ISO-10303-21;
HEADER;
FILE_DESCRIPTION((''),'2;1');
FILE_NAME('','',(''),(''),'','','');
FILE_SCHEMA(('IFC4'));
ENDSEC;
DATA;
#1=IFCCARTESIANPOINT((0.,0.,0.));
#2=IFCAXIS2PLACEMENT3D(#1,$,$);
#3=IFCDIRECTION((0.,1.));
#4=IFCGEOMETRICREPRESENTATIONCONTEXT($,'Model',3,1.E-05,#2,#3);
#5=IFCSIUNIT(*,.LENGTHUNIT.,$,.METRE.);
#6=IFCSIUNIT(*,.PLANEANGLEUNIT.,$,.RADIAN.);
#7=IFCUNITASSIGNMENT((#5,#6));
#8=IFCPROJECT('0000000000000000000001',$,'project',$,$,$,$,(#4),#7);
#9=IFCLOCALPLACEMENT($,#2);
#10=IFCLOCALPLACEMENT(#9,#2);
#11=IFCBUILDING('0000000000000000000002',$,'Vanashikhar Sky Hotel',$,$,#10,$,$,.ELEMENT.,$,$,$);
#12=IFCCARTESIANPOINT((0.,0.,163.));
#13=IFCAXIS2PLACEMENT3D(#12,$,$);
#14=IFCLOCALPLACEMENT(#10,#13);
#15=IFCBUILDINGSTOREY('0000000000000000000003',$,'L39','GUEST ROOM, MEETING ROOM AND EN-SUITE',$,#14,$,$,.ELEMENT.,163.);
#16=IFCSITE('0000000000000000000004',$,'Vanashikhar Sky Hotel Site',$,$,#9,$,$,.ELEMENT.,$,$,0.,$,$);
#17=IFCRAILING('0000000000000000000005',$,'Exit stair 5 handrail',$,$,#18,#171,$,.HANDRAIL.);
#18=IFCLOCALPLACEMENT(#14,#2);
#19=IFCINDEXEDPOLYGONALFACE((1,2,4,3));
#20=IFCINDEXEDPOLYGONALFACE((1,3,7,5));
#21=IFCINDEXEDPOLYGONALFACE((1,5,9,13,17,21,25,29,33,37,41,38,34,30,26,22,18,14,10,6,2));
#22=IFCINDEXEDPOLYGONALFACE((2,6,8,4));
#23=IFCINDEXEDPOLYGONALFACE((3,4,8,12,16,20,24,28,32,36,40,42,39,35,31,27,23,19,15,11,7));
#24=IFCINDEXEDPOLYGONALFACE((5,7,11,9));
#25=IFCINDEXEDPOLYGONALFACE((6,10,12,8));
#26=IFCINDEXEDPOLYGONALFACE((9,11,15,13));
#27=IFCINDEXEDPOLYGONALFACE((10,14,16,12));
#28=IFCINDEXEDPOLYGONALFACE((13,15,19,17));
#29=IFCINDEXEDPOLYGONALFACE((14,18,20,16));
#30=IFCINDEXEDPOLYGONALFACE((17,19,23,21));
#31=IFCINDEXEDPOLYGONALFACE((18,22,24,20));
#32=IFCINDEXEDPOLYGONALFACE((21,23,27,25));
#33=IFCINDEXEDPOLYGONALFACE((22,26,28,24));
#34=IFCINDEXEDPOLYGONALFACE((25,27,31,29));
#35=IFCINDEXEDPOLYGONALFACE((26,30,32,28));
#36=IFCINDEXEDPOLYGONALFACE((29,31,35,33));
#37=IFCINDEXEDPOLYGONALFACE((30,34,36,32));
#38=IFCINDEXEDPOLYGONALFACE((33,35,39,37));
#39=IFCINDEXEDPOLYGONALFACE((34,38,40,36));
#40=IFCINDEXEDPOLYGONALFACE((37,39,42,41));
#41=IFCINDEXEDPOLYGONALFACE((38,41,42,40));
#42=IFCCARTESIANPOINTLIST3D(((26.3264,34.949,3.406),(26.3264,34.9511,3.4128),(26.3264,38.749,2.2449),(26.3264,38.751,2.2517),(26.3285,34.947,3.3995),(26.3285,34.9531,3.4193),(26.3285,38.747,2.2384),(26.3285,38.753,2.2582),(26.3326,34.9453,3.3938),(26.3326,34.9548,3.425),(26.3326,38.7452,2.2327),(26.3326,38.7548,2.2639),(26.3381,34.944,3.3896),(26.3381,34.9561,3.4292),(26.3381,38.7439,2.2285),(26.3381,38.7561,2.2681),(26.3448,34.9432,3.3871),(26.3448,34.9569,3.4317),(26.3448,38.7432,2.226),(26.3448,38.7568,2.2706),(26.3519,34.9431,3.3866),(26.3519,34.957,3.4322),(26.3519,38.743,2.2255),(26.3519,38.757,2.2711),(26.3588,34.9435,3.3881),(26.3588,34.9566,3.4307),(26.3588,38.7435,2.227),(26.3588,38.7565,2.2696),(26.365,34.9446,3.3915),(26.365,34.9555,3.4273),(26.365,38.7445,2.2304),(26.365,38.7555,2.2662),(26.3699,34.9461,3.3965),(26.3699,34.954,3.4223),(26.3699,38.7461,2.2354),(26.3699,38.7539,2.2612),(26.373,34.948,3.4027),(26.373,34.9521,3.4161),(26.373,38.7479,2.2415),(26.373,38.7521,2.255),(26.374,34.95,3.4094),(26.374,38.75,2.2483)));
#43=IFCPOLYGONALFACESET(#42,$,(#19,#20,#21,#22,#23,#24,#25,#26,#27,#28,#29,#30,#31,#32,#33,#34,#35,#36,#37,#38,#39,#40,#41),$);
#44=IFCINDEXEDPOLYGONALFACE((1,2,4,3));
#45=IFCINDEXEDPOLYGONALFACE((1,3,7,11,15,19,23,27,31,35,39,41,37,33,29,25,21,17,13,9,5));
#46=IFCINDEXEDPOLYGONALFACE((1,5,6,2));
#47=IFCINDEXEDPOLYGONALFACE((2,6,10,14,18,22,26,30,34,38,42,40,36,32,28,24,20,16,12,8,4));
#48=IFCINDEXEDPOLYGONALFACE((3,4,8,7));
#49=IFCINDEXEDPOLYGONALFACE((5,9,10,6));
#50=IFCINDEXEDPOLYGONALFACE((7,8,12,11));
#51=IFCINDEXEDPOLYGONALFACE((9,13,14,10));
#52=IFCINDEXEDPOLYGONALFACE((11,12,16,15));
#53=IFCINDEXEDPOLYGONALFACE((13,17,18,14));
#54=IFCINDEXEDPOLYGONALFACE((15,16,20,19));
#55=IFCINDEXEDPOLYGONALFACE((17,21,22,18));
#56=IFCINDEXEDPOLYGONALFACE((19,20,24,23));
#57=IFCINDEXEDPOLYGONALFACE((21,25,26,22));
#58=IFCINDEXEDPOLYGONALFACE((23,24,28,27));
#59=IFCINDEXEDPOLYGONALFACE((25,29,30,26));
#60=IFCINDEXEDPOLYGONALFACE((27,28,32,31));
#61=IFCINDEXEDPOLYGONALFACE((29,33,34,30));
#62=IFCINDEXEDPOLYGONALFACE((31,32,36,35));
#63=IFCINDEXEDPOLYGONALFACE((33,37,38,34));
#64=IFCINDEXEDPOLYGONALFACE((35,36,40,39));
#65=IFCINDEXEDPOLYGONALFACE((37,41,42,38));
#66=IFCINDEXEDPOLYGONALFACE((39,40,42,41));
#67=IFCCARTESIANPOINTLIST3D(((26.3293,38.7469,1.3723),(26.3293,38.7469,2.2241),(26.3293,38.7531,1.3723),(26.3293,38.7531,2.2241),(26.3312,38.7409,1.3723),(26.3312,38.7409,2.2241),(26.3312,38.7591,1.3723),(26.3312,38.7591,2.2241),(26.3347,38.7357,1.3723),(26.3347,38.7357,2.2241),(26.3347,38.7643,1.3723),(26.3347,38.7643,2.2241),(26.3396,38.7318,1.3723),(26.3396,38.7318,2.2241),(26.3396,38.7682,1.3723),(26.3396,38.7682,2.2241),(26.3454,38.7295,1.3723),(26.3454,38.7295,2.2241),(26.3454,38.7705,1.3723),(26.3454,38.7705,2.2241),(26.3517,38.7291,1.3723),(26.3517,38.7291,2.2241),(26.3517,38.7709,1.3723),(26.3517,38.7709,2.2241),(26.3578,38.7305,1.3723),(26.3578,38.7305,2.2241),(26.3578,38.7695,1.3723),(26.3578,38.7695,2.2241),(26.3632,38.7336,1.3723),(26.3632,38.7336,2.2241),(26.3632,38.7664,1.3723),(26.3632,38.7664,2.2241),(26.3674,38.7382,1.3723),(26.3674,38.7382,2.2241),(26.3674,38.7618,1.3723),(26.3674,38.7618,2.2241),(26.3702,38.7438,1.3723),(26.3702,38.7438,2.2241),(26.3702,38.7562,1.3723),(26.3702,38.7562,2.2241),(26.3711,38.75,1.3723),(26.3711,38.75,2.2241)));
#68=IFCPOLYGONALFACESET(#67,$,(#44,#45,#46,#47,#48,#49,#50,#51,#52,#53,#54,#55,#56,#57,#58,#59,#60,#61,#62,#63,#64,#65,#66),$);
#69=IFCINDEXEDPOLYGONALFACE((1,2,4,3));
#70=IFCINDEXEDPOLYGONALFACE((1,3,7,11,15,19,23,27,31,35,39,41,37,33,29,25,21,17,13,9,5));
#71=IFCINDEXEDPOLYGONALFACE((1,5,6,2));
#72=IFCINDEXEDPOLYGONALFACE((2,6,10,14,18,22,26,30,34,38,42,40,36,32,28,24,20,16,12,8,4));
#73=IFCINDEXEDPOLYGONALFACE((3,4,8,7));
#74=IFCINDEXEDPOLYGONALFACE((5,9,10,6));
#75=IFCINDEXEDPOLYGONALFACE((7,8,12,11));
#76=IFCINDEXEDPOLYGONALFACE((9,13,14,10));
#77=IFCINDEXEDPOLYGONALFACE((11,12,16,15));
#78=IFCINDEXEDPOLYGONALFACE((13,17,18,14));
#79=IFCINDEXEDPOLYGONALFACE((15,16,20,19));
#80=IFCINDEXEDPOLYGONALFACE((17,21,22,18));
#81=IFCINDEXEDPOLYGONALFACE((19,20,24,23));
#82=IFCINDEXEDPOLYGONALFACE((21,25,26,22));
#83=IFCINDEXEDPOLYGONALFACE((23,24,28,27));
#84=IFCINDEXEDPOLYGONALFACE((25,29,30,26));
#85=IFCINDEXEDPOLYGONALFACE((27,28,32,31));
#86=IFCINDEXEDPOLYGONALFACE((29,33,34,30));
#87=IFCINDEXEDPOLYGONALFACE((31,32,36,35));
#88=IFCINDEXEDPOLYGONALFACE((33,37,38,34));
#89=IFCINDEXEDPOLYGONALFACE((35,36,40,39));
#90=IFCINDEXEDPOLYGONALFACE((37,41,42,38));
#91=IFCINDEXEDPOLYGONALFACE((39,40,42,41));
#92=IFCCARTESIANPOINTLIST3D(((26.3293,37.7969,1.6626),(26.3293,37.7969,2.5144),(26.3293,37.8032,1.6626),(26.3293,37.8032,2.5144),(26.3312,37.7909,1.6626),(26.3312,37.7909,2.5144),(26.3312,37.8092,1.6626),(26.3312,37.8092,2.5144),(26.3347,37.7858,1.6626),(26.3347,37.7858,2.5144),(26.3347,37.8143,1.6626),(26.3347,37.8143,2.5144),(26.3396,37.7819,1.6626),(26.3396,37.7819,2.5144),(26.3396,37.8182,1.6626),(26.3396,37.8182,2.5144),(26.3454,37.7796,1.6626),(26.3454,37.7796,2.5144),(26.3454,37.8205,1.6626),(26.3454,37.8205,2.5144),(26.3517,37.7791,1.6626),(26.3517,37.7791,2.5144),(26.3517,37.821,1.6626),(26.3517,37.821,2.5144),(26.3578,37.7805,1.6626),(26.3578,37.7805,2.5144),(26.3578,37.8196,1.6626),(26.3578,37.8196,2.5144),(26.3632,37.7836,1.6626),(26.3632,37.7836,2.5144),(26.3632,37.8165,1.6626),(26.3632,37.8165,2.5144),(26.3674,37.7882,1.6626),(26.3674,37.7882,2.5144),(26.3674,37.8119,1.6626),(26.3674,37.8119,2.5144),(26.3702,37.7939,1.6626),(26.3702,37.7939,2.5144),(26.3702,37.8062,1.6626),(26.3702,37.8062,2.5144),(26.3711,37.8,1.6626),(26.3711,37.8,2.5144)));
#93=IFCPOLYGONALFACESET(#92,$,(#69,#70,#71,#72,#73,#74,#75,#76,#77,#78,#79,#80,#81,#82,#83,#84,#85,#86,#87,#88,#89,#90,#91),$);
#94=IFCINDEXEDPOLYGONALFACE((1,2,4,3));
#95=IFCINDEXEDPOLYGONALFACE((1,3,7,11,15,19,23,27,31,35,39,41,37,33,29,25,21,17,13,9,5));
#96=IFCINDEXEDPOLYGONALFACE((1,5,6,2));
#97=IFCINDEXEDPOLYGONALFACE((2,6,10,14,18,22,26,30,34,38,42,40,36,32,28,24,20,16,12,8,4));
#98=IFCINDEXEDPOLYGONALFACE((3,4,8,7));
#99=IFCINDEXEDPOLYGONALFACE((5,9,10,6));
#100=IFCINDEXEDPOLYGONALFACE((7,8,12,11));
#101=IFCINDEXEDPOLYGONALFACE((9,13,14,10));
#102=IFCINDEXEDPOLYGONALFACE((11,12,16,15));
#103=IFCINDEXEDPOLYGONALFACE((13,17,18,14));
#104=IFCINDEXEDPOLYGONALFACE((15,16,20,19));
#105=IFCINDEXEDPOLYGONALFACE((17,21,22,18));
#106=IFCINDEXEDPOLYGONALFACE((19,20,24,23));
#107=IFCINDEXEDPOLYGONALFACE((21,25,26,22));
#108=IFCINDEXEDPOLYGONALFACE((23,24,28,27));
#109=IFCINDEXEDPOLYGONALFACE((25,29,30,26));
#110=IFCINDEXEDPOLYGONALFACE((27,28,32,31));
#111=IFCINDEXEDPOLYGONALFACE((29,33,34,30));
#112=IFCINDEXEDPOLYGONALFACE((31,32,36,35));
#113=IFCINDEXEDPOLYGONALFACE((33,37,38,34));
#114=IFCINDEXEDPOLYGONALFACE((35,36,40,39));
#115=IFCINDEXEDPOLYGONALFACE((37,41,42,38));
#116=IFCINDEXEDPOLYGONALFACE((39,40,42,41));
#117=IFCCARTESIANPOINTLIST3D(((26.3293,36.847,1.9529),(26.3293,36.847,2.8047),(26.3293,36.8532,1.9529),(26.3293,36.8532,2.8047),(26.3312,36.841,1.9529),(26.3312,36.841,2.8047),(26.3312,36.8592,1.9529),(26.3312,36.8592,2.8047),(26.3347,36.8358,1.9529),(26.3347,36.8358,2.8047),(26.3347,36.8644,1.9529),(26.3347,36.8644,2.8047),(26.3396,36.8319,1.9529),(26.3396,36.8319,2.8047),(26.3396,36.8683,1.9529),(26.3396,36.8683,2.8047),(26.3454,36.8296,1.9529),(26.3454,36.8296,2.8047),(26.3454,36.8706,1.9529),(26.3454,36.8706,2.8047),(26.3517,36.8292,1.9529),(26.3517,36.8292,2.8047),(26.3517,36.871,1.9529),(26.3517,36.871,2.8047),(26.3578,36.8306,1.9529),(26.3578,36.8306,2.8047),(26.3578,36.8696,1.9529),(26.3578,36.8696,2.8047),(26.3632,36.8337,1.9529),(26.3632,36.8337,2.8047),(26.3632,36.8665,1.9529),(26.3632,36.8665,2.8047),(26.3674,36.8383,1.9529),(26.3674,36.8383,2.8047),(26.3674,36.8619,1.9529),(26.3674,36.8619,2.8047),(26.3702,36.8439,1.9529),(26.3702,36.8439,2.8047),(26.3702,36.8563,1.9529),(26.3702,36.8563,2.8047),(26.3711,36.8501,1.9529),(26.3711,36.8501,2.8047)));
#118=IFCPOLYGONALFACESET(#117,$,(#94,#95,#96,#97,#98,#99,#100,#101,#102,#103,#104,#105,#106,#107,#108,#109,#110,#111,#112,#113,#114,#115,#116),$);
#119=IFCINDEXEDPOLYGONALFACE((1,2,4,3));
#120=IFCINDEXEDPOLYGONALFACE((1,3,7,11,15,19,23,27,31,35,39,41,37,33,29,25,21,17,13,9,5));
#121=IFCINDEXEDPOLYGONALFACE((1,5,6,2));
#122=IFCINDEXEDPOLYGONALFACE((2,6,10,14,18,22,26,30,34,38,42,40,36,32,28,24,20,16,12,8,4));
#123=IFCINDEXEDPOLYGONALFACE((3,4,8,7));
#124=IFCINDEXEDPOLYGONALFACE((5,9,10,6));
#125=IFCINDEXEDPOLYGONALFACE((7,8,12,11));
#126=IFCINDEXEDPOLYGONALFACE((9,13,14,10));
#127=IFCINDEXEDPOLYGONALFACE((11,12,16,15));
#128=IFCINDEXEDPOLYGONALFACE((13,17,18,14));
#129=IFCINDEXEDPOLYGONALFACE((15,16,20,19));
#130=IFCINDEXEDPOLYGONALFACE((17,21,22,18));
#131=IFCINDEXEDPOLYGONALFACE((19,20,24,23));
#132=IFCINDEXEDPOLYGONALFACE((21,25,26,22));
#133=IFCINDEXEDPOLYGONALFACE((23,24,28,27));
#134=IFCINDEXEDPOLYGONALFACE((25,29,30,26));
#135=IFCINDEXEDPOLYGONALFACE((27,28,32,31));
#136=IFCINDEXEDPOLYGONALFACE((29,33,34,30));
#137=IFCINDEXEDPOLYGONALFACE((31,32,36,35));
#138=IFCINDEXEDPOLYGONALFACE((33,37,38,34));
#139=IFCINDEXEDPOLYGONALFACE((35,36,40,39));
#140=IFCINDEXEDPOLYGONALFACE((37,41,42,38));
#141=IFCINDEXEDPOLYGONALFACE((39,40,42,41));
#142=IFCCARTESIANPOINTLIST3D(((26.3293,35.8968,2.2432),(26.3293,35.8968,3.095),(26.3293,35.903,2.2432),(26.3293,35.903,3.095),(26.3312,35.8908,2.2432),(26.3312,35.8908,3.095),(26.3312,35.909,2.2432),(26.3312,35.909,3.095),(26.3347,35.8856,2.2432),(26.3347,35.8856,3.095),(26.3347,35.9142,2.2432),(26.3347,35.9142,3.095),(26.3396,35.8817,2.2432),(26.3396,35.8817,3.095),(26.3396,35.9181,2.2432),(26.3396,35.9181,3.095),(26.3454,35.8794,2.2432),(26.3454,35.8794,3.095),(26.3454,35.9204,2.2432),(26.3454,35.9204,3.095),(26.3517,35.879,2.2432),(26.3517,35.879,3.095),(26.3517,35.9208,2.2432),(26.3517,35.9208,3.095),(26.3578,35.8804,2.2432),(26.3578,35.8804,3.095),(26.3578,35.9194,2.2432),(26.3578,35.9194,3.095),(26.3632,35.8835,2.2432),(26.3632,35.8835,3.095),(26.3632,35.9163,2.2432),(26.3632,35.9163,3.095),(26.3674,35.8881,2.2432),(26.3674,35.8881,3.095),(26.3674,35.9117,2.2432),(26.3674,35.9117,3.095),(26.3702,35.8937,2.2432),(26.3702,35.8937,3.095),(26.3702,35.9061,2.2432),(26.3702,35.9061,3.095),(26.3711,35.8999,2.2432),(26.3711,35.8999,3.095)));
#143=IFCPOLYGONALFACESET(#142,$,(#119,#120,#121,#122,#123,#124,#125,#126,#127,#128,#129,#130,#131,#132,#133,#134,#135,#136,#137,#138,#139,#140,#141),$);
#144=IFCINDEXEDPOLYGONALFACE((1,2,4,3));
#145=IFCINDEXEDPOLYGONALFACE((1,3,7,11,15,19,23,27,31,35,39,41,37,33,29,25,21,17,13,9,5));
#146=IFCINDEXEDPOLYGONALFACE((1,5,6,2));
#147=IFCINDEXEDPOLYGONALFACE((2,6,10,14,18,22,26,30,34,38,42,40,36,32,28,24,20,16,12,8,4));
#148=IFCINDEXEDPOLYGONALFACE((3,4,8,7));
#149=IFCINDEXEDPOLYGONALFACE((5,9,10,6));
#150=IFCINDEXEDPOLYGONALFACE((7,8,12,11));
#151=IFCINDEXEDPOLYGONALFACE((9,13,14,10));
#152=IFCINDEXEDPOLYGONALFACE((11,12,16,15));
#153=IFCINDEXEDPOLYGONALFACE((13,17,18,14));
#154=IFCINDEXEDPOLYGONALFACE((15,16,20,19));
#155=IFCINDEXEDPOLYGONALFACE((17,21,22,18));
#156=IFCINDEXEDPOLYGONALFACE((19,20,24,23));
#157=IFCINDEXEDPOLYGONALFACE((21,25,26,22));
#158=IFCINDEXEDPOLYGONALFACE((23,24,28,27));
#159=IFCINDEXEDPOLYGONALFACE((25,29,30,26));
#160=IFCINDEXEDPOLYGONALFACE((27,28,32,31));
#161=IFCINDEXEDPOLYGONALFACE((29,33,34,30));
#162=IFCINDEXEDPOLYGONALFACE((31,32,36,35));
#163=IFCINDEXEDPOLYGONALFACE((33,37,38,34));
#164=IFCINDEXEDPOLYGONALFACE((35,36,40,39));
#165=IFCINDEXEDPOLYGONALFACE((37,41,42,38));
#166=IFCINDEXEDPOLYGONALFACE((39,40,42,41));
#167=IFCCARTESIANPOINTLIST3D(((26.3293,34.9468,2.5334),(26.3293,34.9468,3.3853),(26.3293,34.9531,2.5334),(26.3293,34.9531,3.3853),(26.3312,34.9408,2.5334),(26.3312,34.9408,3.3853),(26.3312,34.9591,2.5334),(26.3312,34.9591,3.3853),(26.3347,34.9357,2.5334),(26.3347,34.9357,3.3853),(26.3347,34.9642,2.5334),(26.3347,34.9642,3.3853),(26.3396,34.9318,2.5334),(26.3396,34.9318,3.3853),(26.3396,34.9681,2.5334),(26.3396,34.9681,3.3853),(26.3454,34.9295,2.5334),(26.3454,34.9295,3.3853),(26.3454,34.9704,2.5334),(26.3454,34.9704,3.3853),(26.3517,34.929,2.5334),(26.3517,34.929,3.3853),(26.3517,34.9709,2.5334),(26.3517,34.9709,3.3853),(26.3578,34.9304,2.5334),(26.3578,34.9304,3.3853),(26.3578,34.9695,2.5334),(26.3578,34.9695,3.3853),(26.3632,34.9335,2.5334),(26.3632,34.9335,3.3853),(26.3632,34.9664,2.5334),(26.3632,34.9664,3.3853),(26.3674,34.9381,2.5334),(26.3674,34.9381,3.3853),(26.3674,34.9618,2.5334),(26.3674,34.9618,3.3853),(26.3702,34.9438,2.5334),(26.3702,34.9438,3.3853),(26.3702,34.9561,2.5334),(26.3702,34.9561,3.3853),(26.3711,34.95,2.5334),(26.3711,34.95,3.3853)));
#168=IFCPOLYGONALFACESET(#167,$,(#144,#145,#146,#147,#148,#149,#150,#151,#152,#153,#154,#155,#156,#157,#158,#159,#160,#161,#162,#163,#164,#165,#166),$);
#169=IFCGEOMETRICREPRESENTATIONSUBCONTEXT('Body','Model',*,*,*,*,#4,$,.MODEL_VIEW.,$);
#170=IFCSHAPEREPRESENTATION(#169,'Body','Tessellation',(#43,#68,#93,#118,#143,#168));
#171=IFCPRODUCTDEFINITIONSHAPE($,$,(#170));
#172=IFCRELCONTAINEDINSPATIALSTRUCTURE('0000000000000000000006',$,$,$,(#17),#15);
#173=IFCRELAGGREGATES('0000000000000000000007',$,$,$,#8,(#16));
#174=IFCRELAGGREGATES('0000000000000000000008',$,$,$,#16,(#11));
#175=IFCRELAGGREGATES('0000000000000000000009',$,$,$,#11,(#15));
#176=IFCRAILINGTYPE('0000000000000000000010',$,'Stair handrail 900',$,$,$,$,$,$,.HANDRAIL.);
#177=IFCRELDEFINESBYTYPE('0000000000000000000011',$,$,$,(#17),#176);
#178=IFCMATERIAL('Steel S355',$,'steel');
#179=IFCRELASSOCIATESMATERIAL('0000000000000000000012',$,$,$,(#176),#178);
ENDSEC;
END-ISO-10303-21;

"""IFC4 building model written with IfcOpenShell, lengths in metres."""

from ifc_helpers import new_model, si_unit, direction, frame, origin, origin_2d, place, context, subcontext, project, spatial, circle, extrude, source, transform, mapped, material, type_object, element, save


model = new_model("IFC4")

# Units and contexts
model_context = context("Model", 3, precision=1e-05, world=origin(), true_north=direction((0.0, 1.0)))
body_context = subcontext(model_context, "Body", "Model", "MODEL_VIEW")
ifc_project = project(units=[si_unit("LENGTHUNIT", "METRE"), si_unit("PLANEANGLEUNIT", "RADIAN")], contexts=[model_context])

# Site, building, storey
site_placement = place(None, origin())
site = spatial("IfcSite", under=ifc_project, at=site_placement, Name="Vanashikhar Sky Hotel Site", CompositionType="ELEMENT", RefElevation=0.0)
building_placement = place(site_placement, origin())
building = spatial("IfcBuilding", under=site, at=building_placement, Name="Vanashikhar Sky Hotel", CompositionType="ELEMENT")
storey_placement = place(building_placement, frame((0.0, 0.0, 163.0)))
storey = spatial("IfcBuildingStorey", under=building, at=storey_placement, Name="L39", Description="GUEST ROOM, MEETING ROOM AND EN-SUITE", CompositionType="ELEMENT", Elevation=163.0)

# Railing
ifc_material_1 = material(Name="Steel S355", Category="steel")
railing_type_1 = type_object("IfcRailingType", Name="Stair handrail 900", PredefinedType="HANDRAIL", material=ifc_material_1)
shared_shape_1 = source(origin(), body_context, "Body", "SweptSolid", [
    extrude(circle(Radius=0.0239, at=origin_2d()), frame((0.0, 0.0, 0.876), z_axis=(0.0, -0.956351, 0.29222), x_axis=(1.0, 0.0, 0.0)), (0.0, 0.0, 1.0), 3.9734),
    extrude(circle(Radius=0.021, at=origin_2d()), origin(), (0.0, 0.0, 1.0), 0.8518),
    extrude(circle(Radius=0.021, at=origin_2d()), frame((0.0, -0.95, 0.2903)), (0.0, 0.0, 1.0), 0.8518),
    extrude(circle(Radius=0.021, at=origin_2d()), frame((0.0, -1.8999, 0.5806)), (0.0, 0.0, 1.0), 0.8518),
    extrude(circle(Radius=0.021, at=origin_2d()), frame((0.0, -2.8501, 0.8708)), (0.0, 0.0, 1.0), 0.8518),
    extrude(circle(Radius=0.021, at=origin_2d()), frame((0.0, -3.8, 1.1611)), (0.0, 0.0, 1.0), 0.8518),
])
railing_1_placement = place(storey_placement, frame((26.3501, 38.75, 1.3723)))
element("IfcRailing", 1, at=railing_1_placement, inside=storey, type_object=railing_type_1, Name="Exit stair 5 handrail", PredefinedType="HANDRAIL", context=body_context, shape_type="MappedRepresentation", body=[
    mapped(shared_shape_1, transform((0.0, 0.0, 0.0), scale=1.0)),
])

save(model, "model.ifc")
